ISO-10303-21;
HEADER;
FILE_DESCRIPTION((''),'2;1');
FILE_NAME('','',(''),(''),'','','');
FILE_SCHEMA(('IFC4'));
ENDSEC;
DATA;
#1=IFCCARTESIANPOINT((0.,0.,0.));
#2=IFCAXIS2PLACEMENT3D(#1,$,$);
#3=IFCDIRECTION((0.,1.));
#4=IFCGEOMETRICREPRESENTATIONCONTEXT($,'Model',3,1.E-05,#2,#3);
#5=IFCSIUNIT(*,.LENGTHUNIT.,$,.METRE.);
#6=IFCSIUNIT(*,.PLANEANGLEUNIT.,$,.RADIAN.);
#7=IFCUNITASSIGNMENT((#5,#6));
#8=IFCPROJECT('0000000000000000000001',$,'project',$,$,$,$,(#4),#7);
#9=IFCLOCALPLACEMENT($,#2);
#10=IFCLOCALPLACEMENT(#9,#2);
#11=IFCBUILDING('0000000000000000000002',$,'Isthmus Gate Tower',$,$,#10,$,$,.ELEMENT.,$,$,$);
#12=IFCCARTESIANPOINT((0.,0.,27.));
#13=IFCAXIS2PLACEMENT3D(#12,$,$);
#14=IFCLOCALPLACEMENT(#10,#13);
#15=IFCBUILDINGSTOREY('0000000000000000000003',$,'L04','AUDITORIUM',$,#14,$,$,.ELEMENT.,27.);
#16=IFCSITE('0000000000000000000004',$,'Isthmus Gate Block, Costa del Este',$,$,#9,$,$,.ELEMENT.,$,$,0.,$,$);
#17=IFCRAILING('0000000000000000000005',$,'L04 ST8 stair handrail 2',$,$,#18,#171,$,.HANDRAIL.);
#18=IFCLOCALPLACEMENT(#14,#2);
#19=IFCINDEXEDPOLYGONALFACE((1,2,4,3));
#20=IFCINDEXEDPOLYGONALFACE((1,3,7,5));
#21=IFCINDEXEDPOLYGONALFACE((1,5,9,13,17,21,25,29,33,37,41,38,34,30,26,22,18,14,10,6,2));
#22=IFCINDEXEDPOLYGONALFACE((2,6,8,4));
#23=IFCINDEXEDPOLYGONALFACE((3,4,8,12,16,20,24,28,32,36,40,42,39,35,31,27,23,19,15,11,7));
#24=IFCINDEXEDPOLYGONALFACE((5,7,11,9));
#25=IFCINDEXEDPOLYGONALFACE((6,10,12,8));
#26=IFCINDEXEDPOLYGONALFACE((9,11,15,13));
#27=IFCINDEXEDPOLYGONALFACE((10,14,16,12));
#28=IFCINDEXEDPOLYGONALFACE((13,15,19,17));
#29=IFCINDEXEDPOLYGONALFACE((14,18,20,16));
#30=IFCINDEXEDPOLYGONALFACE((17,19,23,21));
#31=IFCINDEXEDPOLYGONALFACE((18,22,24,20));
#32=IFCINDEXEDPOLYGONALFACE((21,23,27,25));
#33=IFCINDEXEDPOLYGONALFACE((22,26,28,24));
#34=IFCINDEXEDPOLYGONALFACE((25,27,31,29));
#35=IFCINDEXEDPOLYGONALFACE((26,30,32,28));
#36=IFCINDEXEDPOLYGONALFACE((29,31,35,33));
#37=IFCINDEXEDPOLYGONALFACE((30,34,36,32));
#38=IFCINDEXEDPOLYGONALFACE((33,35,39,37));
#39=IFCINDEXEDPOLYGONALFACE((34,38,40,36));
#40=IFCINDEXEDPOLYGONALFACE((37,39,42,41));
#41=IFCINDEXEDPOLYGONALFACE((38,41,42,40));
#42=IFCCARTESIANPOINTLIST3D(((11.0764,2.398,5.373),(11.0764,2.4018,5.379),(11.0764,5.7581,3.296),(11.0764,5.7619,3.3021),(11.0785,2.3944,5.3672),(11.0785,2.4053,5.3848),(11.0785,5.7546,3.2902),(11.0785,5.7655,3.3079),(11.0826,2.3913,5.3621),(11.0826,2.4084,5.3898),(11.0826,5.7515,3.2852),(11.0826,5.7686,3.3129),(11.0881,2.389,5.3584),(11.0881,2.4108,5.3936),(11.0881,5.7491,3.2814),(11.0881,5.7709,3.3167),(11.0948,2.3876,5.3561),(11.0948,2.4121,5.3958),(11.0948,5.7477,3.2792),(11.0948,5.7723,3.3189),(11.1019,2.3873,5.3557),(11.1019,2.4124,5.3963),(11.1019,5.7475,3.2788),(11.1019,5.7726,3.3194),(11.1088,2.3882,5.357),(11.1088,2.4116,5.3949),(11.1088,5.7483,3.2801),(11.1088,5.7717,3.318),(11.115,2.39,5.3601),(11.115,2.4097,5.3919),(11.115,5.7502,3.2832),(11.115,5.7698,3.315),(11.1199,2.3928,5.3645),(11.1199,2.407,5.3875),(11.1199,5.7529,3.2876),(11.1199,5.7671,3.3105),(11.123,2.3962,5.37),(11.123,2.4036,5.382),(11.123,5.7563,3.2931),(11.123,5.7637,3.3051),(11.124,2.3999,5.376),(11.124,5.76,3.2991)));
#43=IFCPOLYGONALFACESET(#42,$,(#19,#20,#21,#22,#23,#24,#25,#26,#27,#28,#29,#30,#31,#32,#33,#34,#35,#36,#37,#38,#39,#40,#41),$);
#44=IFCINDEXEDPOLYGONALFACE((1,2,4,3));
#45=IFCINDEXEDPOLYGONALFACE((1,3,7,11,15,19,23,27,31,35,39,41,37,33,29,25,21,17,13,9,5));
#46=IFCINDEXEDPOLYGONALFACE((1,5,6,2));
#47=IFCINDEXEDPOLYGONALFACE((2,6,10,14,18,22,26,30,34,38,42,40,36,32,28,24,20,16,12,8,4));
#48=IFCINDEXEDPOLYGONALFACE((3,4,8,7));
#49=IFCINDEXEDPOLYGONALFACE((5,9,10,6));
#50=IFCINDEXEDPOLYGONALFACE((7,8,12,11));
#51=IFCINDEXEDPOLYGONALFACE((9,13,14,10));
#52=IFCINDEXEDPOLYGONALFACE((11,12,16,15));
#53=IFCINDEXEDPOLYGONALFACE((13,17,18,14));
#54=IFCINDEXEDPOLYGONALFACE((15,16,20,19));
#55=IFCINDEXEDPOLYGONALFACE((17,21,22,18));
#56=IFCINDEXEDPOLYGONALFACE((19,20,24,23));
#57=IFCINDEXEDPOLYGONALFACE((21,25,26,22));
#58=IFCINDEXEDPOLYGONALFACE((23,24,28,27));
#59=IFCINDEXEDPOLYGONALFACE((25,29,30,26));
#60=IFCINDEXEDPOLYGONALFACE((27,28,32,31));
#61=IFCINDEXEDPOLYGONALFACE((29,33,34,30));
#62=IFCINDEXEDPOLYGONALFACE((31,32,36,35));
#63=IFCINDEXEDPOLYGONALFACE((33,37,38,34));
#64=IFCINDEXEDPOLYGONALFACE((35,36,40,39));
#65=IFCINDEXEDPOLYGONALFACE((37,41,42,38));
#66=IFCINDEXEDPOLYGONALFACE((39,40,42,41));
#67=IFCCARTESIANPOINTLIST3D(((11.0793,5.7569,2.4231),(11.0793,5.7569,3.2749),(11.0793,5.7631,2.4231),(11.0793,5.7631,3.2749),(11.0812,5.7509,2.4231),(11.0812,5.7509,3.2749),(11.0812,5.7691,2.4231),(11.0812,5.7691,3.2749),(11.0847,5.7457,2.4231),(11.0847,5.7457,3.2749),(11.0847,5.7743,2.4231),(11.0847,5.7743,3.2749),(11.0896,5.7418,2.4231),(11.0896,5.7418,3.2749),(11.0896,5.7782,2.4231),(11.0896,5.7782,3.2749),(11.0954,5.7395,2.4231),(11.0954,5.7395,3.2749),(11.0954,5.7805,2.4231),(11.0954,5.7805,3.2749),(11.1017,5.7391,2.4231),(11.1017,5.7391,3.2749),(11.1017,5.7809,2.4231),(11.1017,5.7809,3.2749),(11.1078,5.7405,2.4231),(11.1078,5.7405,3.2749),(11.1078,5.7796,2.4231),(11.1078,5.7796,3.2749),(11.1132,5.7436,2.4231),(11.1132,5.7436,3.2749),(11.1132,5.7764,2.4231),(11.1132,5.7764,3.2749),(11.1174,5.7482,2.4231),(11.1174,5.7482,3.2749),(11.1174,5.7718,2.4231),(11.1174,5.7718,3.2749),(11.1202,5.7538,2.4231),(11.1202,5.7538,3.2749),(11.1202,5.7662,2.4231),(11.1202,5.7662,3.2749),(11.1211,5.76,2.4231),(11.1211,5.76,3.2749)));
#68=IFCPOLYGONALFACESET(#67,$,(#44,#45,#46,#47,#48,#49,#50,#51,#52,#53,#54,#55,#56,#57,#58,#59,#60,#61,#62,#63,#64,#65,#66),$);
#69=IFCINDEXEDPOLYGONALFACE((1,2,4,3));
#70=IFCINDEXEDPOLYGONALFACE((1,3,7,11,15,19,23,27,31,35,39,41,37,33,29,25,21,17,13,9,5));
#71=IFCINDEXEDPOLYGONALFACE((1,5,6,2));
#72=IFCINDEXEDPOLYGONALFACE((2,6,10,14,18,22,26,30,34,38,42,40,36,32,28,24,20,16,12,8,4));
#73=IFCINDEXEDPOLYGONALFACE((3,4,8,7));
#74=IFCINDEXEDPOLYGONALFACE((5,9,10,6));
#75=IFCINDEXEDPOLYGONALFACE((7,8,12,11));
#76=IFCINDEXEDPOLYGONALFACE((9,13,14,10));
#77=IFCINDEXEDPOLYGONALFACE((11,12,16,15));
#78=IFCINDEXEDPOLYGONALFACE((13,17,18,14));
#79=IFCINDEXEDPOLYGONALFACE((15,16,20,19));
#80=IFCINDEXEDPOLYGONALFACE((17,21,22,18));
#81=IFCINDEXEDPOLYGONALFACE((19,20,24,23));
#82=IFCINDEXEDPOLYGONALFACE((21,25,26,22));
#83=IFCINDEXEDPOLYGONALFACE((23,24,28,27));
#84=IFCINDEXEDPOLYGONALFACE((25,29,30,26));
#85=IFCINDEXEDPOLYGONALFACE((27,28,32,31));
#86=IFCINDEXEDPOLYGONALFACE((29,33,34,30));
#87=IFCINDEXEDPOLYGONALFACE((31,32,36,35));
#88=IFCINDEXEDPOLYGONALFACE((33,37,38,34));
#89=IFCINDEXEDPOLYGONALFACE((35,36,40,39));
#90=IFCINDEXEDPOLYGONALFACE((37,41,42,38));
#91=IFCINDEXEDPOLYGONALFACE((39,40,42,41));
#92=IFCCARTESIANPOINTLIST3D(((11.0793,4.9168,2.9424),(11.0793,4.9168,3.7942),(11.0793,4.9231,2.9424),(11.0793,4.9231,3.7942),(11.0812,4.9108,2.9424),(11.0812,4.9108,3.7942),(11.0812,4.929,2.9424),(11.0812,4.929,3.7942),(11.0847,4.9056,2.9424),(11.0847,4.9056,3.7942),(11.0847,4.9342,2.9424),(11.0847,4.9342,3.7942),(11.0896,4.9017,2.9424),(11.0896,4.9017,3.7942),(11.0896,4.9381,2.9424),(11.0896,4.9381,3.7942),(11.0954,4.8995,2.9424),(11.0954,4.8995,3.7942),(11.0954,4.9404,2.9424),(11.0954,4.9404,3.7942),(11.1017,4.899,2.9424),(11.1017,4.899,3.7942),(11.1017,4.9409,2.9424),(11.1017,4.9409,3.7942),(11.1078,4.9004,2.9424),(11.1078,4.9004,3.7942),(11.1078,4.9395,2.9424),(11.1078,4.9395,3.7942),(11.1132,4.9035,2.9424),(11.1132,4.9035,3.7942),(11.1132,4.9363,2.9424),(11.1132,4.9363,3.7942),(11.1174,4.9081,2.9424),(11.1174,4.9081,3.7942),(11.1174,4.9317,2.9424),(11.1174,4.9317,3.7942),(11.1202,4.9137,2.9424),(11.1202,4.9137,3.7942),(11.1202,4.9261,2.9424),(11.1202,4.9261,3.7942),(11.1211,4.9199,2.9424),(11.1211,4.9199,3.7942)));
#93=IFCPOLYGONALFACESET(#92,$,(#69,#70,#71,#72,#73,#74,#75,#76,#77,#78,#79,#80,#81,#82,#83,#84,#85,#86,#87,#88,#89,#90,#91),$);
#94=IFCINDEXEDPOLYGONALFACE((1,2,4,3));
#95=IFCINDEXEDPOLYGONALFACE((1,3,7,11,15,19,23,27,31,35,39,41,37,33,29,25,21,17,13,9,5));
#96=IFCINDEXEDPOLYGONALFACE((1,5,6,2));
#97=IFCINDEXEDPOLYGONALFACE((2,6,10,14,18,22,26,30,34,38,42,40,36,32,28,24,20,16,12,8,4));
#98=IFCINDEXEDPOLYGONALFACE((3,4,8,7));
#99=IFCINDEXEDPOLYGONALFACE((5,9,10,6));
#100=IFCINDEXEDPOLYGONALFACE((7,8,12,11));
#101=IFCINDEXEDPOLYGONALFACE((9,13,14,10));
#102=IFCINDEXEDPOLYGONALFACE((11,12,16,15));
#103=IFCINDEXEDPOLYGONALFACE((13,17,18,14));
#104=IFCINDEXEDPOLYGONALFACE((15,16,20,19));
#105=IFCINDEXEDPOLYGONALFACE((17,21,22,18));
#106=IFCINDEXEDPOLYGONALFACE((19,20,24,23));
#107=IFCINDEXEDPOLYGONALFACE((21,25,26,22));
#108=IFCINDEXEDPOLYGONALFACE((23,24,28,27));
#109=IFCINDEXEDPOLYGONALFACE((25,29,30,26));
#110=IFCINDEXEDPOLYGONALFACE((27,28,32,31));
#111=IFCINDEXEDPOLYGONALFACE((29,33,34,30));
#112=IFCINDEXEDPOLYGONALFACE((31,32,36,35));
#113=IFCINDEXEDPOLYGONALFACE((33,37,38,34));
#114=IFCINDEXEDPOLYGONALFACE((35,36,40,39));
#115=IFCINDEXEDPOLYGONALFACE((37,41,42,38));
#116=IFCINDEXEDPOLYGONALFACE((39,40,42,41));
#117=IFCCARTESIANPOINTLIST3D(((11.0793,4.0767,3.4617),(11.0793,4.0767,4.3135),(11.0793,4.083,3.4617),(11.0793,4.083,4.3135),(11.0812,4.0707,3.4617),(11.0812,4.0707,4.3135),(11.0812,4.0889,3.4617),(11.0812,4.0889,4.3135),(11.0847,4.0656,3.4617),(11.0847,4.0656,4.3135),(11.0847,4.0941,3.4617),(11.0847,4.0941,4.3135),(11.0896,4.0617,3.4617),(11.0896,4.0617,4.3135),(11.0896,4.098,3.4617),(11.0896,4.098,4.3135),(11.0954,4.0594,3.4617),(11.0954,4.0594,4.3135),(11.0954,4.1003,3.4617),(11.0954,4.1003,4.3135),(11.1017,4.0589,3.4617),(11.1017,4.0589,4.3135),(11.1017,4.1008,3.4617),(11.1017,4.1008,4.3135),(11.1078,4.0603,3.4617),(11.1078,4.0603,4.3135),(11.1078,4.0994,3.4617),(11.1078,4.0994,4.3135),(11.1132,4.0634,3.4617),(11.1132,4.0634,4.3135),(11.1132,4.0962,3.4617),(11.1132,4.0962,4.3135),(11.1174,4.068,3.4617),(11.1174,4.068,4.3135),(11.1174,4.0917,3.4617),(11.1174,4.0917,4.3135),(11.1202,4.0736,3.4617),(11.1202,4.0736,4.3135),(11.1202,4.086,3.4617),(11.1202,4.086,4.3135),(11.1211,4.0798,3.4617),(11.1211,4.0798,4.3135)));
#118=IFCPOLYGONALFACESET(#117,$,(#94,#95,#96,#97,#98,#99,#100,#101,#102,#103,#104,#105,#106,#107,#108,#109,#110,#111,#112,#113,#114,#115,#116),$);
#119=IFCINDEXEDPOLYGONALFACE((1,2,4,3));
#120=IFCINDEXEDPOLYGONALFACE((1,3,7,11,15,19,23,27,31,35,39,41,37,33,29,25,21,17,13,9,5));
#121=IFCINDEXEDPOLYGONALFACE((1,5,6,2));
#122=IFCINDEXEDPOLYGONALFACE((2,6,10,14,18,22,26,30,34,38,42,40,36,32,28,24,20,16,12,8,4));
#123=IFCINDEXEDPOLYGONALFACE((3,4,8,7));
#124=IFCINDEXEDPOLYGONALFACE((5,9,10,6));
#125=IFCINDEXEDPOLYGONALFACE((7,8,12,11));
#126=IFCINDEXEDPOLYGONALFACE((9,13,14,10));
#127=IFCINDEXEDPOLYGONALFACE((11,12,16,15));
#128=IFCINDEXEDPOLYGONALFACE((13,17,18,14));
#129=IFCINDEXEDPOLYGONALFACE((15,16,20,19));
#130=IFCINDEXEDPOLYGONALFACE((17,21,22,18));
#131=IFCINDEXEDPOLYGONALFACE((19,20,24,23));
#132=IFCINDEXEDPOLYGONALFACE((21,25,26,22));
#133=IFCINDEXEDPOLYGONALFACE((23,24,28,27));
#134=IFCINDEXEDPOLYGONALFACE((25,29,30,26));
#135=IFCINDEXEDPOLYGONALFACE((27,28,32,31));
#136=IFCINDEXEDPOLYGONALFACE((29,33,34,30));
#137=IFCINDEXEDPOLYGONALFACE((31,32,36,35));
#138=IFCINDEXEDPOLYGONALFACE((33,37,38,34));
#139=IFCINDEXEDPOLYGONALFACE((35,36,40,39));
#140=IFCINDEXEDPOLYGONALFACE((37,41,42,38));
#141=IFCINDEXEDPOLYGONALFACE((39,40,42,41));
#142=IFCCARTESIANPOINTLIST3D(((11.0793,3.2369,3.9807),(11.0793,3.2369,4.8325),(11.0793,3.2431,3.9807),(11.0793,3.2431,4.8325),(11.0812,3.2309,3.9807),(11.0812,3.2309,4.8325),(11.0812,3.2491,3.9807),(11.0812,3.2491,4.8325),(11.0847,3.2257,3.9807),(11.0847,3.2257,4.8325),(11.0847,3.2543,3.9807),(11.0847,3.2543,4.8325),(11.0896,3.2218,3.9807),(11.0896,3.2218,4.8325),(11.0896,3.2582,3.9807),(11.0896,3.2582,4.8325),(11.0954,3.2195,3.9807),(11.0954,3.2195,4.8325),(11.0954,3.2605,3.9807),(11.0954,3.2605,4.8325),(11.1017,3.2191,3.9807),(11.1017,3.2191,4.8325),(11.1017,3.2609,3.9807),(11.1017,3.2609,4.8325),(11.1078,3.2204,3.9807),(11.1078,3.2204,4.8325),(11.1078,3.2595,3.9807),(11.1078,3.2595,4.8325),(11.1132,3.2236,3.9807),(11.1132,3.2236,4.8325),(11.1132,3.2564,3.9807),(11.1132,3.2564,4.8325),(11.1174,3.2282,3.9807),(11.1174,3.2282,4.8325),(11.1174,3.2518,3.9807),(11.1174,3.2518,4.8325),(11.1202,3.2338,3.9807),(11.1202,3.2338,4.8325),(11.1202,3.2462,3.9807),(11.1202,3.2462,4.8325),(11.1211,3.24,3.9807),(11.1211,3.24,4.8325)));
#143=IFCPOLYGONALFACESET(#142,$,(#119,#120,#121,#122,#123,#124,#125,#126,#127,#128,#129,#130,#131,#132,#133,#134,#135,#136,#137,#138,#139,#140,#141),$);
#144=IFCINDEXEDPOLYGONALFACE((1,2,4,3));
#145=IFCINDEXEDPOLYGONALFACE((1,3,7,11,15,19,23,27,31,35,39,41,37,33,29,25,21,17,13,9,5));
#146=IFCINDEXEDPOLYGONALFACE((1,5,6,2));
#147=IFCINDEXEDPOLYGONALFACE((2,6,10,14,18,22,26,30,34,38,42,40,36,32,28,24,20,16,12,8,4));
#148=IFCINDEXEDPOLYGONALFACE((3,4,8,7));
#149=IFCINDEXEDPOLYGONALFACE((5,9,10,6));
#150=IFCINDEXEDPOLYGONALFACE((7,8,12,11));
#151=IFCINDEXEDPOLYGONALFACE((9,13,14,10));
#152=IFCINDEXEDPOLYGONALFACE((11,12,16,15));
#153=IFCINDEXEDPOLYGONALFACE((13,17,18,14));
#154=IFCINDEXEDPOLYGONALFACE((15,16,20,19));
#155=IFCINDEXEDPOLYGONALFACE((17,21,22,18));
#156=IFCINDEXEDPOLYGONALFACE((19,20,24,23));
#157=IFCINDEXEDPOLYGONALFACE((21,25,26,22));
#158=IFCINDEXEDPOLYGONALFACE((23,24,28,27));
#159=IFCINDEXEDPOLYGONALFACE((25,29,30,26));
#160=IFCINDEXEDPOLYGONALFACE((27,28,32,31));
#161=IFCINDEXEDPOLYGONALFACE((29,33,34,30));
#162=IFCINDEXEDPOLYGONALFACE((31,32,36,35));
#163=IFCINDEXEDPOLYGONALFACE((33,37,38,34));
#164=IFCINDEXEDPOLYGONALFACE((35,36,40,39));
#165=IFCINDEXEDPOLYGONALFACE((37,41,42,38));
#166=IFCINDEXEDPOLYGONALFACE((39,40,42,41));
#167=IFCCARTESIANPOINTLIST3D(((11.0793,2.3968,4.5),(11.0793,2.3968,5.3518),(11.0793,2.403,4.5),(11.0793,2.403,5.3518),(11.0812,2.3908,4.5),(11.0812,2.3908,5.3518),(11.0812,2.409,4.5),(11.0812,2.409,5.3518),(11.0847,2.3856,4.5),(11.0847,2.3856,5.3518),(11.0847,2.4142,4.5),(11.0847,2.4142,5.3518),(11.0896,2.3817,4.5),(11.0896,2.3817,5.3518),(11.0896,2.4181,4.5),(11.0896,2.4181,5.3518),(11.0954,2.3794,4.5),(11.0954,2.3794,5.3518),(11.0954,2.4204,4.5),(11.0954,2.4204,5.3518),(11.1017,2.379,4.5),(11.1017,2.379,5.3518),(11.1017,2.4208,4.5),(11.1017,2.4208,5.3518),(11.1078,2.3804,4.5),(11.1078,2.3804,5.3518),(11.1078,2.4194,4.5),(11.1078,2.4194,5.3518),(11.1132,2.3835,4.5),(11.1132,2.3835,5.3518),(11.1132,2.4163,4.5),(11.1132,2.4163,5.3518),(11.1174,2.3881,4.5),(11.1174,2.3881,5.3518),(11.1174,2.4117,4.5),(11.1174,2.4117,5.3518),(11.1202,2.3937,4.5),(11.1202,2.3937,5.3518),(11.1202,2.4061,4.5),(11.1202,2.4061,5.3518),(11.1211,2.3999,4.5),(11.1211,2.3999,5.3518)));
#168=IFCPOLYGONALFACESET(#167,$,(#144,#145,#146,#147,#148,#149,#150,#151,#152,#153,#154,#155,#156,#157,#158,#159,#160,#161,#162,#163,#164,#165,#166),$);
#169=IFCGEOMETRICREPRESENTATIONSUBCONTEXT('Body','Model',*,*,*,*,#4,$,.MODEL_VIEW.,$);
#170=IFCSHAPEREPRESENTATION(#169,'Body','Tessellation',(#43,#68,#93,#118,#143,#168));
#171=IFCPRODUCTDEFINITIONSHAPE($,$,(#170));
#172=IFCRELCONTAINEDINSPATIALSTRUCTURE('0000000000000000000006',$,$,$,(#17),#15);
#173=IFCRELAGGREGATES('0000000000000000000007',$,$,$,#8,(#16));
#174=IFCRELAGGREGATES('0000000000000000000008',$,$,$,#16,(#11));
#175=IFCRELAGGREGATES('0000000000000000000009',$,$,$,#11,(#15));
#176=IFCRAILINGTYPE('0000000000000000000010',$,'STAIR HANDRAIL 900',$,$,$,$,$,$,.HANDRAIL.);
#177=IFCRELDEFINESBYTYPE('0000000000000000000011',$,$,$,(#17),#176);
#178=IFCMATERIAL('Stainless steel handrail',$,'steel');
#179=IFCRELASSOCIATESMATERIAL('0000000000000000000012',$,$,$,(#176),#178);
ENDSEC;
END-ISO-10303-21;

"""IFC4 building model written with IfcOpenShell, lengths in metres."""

from ifc_helpers import new_model, si_unit, direction, frame, origin, origin_2d, place, context, subcontext, project, spatial, circle, extrude, material, type_object, element, save


model = new_model("IFC4")

# Units and contexts
model_context = context("Model", 3, precision=1e-05, world=origin(), true_north=direction((0.0, 1.0)))
body_context = subcontext(model_context, "Body", "Model", "MODEL_VIEW")
ifc_project = project(units=[si_unit("LENGTHUNIT", "METRE"), si_unit("PLANEANGLEUNIT", "RADIAN")], contexts=[model_context])

# Site, building, storey
site_placement = place(None, origin())
site = spatial("IfcSite", under=ifc_project, at=site_placement, Name="Isthmus Gate Block, Costa del Este", CompositionType="ELEMENT", RefElevation=0.0)
building_placement = place(site_placement, origin())
building = spatial("IfcBuilding", under=site, at=building_placement, Name="Isthmus Gate Tower", CompositionType="ELEMENT")
storey_placement = place(building_placement, frame((0.0, 0.0, 27.0)))
storey = spatial("IfcBuildingStorey", under=building, at=storey_placement, Name="L04", Description="AUDITORIUM", CompositionType="ELEMENT", Elevation=27.0)

# Railing
ifc_material_1 = material(Name="Stainless steel handrail", Category="steel")
railing_type_1 = type_object("IfcRailingType", Name="STAIR HANDRAIL 900", PredefinedType="HANDRAIL", material=ifc_material_1)
for number, where, name in (
    (1, (11.1001, 5.76, 2.4231), "L04 ST8 stair handrail 2"),
):
    element("IfcRailing", number, at=place(storey_placement, frame(where)), inside=storey, type_object=railing_type_1, Name=name, PredefinedType="HANDRAIL", context=body_context, shape_type="SweptSolid", body=[
        extrude(circle(Radius=0.0239, at=origin_2d()), frame((0.0, 0.0, 0.876), z_axis=(0.0, -0.850623, 0.525776), x_axis=(1.0, 0.0, 0.0)), (0.0, 0.0, 1.0), 3.9502),
        extrude(circle(Radius=0.021, at=origin_2d()), origin(), (0.0, 0.0, 1.0), 0.8518),
        extrude(circle(Radius=0.021, at=origin_2d()), frame((0.0, -0.8401, 0.5193)), (0.0, 0.0, 1.0), 0.8518),
        extrude(circle(Radius=0.021, at=origin_2d()), frame((0.0, -1.6802, 1.0386)), (0.0, 0.0, 1.0), 0.8518),
        extrude(circle(Radius=0.021, at=origin_2d()), frame((0.0, -2.52, 1.5576)), (0.0, 0.0, 1.0), 0.8518),
        extrude(circle(Radius=0.021, at=origin_2d()), frame((0.0, -3.3601, 2.0769)), (0.0, 0.0, 1.0), 0.8518),
    ])

save(model, "model.ifc")
